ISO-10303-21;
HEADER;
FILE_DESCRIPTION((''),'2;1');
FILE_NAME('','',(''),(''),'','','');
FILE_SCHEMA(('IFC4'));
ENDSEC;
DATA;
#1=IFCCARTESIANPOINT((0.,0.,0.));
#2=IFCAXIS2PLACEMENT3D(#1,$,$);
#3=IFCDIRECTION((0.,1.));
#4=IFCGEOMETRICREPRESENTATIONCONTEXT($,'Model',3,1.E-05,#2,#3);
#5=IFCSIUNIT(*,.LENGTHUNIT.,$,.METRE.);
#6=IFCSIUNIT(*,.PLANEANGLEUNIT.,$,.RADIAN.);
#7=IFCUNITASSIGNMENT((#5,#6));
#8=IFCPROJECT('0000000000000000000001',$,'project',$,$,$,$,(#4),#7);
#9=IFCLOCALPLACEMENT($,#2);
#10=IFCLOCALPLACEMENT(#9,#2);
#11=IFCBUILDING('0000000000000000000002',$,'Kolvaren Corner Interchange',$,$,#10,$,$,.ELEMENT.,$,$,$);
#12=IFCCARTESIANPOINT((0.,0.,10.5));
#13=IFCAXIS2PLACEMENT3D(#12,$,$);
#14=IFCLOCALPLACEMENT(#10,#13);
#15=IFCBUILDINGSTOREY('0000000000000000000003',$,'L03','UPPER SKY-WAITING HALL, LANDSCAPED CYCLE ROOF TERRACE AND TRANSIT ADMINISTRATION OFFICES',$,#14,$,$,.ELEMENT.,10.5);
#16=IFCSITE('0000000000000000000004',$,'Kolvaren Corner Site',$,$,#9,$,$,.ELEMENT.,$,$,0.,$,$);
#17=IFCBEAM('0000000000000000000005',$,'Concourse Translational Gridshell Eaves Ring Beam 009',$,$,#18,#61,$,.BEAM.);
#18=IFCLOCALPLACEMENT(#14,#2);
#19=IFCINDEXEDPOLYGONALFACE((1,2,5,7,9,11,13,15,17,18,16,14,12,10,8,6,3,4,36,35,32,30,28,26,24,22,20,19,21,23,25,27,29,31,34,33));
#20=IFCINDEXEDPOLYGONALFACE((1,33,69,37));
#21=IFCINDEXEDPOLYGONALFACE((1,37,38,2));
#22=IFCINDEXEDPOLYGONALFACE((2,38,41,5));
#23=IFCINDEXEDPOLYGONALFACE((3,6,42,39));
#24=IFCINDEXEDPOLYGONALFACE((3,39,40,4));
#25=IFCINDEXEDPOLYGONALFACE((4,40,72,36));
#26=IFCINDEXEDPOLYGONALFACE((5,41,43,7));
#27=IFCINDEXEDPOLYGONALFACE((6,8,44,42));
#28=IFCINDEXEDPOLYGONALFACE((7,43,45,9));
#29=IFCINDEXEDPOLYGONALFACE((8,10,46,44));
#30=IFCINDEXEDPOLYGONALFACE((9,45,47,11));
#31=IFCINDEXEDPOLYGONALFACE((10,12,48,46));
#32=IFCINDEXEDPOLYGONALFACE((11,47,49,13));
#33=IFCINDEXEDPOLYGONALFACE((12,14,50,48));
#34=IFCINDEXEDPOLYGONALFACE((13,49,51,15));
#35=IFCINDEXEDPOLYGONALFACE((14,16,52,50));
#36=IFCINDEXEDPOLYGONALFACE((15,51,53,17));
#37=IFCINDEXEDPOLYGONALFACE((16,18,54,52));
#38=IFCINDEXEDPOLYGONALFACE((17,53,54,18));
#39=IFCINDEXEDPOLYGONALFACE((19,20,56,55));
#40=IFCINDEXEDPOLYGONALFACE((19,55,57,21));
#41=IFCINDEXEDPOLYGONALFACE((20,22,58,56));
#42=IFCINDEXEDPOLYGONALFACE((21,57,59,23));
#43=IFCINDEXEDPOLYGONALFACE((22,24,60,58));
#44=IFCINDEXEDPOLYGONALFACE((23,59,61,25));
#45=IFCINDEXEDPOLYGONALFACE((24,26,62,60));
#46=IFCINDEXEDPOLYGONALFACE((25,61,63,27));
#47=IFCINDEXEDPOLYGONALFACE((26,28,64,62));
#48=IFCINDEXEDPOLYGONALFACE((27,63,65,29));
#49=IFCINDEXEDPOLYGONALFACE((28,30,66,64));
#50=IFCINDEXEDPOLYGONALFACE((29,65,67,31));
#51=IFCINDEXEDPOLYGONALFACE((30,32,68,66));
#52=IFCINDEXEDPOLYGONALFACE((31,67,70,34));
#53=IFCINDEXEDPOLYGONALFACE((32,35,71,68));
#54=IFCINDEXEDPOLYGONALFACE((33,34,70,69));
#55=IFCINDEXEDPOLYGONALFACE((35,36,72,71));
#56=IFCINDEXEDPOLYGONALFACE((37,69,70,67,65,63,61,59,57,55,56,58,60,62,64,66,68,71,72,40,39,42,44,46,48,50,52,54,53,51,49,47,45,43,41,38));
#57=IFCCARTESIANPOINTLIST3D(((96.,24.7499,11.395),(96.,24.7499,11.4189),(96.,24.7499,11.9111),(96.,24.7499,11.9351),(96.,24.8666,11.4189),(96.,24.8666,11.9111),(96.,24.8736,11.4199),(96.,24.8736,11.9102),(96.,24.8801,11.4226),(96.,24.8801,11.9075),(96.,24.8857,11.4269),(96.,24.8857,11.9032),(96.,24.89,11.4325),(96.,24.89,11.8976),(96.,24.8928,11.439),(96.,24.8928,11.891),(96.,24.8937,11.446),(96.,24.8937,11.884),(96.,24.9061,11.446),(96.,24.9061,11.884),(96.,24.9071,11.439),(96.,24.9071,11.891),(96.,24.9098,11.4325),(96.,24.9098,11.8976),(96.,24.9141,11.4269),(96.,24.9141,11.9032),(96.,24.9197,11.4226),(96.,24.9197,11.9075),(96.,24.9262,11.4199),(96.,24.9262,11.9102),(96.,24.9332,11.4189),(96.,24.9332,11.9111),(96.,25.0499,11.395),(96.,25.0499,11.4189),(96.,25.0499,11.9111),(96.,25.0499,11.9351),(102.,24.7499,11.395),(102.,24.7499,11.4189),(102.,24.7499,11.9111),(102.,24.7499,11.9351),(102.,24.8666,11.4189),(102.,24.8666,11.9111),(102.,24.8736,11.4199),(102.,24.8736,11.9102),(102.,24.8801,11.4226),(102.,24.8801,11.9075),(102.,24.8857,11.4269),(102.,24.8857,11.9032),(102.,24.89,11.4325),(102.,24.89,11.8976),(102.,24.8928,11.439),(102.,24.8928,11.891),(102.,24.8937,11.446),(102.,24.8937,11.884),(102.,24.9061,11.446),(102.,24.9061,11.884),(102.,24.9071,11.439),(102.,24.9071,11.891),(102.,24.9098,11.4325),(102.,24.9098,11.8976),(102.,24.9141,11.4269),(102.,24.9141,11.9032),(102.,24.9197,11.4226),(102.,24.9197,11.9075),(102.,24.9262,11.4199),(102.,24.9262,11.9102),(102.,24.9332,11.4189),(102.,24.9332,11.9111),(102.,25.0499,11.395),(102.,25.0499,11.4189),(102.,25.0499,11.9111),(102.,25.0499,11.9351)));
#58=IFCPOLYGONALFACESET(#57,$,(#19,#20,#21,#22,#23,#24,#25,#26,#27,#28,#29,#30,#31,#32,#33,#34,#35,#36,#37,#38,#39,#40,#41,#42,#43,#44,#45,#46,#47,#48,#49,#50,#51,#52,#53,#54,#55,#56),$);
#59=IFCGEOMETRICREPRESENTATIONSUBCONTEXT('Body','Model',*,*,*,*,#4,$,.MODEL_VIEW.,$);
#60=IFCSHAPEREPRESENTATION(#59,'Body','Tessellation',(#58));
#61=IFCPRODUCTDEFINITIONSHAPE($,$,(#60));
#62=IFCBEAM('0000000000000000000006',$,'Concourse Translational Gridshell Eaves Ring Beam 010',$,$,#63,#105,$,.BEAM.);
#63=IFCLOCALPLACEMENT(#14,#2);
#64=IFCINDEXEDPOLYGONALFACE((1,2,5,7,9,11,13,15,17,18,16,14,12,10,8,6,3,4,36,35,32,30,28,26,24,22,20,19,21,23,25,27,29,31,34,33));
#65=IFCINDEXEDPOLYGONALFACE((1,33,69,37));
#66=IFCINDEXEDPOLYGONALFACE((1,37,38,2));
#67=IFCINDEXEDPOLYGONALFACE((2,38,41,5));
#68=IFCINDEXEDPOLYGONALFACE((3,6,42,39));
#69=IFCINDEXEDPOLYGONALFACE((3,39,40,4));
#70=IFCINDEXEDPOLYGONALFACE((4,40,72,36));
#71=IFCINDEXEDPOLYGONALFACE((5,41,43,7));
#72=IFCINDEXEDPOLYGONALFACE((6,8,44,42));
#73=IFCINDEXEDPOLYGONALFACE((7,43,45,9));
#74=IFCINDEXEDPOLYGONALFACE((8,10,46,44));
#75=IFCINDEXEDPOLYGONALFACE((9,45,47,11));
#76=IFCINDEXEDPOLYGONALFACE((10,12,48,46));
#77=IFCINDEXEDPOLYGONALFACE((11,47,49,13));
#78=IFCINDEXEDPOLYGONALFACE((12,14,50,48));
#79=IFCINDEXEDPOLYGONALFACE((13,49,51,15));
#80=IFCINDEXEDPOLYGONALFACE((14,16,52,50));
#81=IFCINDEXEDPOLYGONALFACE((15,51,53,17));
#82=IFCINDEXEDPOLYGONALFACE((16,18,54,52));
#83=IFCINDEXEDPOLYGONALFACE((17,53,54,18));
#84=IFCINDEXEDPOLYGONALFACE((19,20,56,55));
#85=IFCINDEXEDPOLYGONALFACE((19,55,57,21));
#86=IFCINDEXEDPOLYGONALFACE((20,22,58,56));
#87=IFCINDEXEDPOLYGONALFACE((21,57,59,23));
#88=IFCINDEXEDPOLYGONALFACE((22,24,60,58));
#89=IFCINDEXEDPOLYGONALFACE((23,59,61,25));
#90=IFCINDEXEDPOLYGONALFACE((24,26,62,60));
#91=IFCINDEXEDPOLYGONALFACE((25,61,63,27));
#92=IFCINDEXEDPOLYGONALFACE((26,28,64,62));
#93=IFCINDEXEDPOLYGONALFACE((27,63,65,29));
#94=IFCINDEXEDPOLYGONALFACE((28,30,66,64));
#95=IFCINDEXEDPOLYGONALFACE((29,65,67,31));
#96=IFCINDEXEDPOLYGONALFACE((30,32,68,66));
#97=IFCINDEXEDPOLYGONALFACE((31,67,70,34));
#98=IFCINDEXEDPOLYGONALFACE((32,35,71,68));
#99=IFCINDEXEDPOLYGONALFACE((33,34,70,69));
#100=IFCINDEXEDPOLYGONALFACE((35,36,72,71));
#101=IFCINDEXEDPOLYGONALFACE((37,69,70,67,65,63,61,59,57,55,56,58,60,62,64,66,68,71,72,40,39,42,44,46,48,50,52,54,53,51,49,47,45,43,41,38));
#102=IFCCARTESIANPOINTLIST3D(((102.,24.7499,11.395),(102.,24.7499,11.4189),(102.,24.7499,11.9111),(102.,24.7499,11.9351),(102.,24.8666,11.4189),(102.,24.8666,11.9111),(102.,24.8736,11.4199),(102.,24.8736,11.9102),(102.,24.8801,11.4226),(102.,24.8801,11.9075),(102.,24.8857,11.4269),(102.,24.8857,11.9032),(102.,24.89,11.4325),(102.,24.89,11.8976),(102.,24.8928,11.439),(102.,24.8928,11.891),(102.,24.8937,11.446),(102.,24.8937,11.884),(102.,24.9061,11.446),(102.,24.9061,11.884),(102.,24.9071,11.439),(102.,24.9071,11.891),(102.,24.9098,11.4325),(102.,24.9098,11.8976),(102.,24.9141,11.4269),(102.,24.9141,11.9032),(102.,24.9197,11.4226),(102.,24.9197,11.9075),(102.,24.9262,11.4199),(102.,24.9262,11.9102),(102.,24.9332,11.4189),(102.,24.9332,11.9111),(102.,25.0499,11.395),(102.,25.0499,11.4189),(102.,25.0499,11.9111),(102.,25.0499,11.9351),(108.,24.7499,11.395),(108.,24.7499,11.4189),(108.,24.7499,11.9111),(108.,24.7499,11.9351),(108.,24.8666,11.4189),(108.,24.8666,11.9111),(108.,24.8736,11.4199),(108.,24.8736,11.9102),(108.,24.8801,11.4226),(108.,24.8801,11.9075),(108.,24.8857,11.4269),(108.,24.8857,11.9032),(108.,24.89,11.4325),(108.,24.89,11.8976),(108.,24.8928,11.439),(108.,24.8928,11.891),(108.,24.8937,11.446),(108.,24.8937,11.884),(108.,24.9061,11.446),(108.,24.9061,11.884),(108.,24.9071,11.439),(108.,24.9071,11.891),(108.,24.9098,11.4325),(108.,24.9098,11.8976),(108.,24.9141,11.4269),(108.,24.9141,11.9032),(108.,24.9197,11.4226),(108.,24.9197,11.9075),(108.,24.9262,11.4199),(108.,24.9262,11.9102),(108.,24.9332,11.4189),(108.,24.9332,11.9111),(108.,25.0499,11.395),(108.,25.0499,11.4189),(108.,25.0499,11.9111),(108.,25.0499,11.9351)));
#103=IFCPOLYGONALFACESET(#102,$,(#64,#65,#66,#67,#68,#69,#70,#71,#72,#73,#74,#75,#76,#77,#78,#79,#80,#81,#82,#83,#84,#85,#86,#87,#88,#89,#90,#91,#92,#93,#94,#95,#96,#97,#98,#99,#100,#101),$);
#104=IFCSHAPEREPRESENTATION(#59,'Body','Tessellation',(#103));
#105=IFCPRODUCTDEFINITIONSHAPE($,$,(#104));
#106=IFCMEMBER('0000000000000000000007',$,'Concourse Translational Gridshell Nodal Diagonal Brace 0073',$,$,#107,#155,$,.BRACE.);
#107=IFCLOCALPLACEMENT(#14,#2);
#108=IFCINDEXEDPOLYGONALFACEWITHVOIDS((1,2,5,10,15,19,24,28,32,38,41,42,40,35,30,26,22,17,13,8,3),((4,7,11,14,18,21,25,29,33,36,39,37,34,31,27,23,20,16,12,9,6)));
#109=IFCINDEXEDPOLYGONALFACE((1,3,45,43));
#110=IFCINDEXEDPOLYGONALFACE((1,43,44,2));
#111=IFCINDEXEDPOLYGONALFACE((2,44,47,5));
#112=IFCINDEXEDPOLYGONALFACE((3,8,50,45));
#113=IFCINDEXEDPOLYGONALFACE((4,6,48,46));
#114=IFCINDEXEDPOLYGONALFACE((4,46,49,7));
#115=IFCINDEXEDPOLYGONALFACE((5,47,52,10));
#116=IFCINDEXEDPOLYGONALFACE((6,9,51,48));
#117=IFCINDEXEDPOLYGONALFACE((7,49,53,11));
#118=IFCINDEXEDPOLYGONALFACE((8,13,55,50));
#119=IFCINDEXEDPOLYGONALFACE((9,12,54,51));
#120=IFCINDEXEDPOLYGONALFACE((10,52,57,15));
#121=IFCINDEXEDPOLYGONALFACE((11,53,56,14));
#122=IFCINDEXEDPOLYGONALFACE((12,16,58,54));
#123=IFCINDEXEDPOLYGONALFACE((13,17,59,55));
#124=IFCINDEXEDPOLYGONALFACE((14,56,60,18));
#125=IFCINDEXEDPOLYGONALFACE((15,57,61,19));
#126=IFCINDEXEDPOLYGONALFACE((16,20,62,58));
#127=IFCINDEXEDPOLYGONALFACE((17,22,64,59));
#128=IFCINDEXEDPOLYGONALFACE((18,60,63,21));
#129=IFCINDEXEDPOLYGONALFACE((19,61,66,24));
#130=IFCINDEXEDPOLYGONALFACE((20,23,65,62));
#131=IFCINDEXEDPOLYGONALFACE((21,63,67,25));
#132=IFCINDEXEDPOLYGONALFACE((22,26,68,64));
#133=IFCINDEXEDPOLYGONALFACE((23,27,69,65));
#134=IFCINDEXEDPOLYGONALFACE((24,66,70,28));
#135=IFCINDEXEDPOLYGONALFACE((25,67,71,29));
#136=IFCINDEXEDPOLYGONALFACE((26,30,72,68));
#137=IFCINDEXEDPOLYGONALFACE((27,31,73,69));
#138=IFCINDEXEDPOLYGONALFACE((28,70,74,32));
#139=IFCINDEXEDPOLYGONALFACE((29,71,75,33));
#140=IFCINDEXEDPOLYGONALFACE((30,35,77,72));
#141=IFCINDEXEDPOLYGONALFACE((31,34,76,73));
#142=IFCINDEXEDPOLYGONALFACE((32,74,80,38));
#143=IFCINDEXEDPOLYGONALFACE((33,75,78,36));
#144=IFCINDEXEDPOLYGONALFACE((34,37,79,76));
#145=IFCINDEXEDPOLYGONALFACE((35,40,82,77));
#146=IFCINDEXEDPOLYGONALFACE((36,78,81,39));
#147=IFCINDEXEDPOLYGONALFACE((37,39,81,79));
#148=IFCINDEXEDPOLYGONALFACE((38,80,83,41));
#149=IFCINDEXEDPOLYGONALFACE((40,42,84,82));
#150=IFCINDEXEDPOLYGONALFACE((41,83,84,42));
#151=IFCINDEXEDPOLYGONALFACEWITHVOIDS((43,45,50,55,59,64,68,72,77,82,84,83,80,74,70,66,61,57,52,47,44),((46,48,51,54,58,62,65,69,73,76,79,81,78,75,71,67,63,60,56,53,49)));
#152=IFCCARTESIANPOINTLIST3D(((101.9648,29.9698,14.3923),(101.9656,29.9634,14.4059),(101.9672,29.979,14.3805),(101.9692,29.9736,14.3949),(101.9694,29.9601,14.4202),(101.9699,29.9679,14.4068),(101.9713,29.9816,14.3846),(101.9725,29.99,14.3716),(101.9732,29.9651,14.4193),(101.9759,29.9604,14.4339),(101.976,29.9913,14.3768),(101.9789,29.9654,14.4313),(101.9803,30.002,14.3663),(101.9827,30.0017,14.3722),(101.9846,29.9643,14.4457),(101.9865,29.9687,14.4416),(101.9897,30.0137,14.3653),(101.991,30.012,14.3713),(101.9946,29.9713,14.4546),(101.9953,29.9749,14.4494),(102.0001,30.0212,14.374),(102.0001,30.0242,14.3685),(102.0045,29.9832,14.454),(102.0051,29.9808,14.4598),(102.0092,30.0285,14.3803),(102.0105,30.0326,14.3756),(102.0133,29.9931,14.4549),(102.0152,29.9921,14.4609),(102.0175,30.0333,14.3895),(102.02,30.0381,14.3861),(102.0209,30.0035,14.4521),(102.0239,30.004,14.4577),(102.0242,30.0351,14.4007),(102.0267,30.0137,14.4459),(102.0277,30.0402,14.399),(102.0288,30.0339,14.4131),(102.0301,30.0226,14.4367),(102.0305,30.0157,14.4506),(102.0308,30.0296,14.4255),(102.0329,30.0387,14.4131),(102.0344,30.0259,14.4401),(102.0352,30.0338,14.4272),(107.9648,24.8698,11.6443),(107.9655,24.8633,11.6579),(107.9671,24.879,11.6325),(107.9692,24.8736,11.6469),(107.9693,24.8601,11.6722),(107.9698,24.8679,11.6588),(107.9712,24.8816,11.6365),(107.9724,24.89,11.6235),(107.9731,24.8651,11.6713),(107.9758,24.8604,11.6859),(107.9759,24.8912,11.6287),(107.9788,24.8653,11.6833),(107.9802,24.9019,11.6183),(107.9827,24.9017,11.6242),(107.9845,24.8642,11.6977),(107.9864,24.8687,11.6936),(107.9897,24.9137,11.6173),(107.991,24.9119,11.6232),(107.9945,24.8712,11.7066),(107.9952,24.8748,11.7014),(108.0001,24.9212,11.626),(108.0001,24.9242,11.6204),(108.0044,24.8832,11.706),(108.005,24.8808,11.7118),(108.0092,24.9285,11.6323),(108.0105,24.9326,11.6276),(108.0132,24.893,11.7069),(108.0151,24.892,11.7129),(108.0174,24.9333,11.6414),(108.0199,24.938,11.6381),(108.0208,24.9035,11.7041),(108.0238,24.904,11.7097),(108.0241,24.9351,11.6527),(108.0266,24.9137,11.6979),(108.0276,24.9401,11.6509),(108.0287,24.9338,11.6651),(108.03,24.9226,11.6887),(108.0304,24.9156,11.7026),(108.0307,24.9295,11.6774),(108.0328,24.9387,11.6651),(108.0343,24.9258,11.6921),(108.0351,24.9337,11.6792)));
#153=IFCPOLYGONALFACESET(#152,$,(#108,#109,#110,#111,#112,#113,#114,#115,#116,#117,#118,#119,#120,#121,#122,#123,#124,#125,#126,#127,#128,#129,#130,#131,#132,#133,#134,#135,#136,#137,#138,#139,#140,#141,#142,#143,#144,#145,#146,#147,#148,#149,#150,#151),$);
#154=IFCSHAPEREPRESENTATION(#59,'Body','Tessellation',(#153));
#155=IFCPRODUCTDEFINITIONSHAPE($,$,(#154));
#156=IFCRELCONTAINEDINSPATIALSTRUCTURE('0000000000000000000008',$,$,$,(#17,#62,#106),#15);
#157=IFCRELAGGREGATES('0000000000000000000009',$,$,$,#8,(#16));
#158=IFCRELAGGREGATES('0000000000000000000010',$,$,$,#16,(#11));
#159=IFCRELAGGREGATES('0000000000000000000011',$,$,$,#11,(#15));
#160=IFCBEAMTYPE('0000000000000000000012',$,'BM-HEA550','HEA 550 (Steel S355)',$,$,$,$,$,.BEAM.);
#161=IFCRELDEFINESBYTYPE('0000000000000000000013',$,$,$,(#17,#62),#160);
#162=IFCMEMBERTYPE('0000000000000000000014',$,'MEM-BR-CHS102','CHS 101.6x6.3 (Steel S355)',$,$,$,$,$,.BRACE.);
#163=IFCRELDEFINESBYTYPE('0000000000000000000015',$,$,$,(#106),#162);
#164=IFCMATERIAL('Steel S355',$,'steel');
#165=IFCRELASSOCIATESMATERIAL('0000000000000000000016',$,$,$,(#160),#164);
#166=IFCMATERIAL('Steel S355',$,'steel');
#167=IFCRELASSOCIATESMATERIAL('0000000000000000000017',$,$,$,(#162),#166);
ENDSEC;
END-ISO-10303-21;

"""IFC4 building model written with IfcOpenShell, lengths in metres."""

from ifc_helpers import new_model, si_unit, direction, frame, origin, origin_2d, place, context, subcontext, project, spatial, hollow_circle, i_section, extrude, material, material_profile, profile_set, type_object, element, save


model = new_model("IFC4")

# Units and contexts
model_context = context("Model", 3, precision=1e-05, world=origin(), true_north=direction((0.0, 1.0)))
body_context = subcontext(model_context, "Body", "Model", "MODEL_VIEW")
ifc_project = project(units=[si_unit("LENGTHUNIT", "METRE"), si_unit("PLANEANGLEUNIT", "RADIAN")], contexts=[model_context])

# Site, building, storey
site_placement = place(None, origin())
site = spatial("IfcSite", under=ifc_project, at=site_placement, Name="Kolvaren Corner Site", CompositionType="ELEMENT", RefElevation=0.0)
building_placement = place(site_placement, origin())
building = spatial("IfcBuilding", under=site, at=building_placement, Name="Kolvaren Corner Interchange", CompositionType="ELEMENT")
storey_placement = place(building_placement, frame((0.0, 0.0, 10.5)))
storey = spatial("IfcBuildingStorey", under=building, at=storey_placement, Name="L03", Description="UPPER SKY-WAITING HALL, LANDSCAPED CYCLE ROOF TERRACE AND TRANSIT ADMINISTRATION OFFICES", CompositionType="ELEMENT", Elevation=10.5)

# Beams
ifc_material_1 = material(Name="Steel S355", Category="steel")
ifc_material_profile_1 = material_profile(ifc_material_1, i_section(OverallWidth=0.3, OverallDepth=0.54, WebThickness=0.0125, FlangeThickness=0.0239, FilletRadius=0.0271, at=origin_2d()), Name="HEA 550")
ifc_profile_set_1 = profile_set([ifc_material_profile_1], Name="Steel S355")
beam_type = type_object("IfcBeamType", Name="BM-HEA550", Description="HEA 550 (Steel S355)", PredefinedType="BEAM", material=ifc_profile_set_1)
for number, where, z_axis, x_axis, name in (
    (1, (96.0, 24.8999, 11.665), (1.0, 0.0, 0.0), (0.0, 1.0, 0.0), "Concourse Translational Gridshell Eaves Ring Beam 009"),
    (2, (102.0, 24.8999, 11.665), (1.0, 0.0, 0.0), (0.0, 1.0, 0.0), "Concourse Translational Gridshell Eaves Ring Beam 010"),
):
    element("IfcBeam", number, at=place(storey_placement, frame(where, z_axis=z_axis, x_axis=x_axis)), inside=storey, type_object=beam_type, Name=name, PredefinedType="BEAM", context=body_context, shape_type="SweptSolid", body=[
        extrude(i_section(OverallWidth=0.3, OverallDepth=0.54, WebThickness=0.0125, FlangeThickness=0.0239, FilletRadius=0.0271, at=origin_2d()), origin(), (0.0, 0.0, 1.0), 6.0),
    ])

# Member
ifc_material_2 = material(Name="Steel S355", Category="steel")
ifc_material_profile_2 = material_profile(ifc_material_2, hollow_circle(Radius=0.0508, WallThickness=0.0063, at=origin_2d()), Name="CHS 101.6x6.3")
ifc_profile_set_2 = profile_set([ifc_material_profile_2], Name="Steel S355")
member_type_1 = type_object("IfcMemberType", Name="MEM-BR-CHS102", Description="CHS 101.6x6.3 (Steel S355)", PredefinedType="BRACE", material=ifc_profile_set_2)
member_1_placement = place(storey_placement, frame((102.0, 30.0, 14.4131), z_axis=(0.719387, -0.611491, -0.329485), x_axis=(0.647656, 0.761933, 0.0)))
element("IfcMember", 3, at=member_1_placement, inside=storey, type_object=member_type_1, Name="Concourse Translational Gridshell Nodal Diagonal Brace 0073", PredefinedType="BRACE", context=body_context, shape_type="SweptSolid", body=[
    extrude(hollow_circle(Radius=0.0508, WallThickness=0.0063, at=origin_2d()), origin(), (0.0, 0.0, 1.0), 8.3403),
])

save(model, "model.ifc")
